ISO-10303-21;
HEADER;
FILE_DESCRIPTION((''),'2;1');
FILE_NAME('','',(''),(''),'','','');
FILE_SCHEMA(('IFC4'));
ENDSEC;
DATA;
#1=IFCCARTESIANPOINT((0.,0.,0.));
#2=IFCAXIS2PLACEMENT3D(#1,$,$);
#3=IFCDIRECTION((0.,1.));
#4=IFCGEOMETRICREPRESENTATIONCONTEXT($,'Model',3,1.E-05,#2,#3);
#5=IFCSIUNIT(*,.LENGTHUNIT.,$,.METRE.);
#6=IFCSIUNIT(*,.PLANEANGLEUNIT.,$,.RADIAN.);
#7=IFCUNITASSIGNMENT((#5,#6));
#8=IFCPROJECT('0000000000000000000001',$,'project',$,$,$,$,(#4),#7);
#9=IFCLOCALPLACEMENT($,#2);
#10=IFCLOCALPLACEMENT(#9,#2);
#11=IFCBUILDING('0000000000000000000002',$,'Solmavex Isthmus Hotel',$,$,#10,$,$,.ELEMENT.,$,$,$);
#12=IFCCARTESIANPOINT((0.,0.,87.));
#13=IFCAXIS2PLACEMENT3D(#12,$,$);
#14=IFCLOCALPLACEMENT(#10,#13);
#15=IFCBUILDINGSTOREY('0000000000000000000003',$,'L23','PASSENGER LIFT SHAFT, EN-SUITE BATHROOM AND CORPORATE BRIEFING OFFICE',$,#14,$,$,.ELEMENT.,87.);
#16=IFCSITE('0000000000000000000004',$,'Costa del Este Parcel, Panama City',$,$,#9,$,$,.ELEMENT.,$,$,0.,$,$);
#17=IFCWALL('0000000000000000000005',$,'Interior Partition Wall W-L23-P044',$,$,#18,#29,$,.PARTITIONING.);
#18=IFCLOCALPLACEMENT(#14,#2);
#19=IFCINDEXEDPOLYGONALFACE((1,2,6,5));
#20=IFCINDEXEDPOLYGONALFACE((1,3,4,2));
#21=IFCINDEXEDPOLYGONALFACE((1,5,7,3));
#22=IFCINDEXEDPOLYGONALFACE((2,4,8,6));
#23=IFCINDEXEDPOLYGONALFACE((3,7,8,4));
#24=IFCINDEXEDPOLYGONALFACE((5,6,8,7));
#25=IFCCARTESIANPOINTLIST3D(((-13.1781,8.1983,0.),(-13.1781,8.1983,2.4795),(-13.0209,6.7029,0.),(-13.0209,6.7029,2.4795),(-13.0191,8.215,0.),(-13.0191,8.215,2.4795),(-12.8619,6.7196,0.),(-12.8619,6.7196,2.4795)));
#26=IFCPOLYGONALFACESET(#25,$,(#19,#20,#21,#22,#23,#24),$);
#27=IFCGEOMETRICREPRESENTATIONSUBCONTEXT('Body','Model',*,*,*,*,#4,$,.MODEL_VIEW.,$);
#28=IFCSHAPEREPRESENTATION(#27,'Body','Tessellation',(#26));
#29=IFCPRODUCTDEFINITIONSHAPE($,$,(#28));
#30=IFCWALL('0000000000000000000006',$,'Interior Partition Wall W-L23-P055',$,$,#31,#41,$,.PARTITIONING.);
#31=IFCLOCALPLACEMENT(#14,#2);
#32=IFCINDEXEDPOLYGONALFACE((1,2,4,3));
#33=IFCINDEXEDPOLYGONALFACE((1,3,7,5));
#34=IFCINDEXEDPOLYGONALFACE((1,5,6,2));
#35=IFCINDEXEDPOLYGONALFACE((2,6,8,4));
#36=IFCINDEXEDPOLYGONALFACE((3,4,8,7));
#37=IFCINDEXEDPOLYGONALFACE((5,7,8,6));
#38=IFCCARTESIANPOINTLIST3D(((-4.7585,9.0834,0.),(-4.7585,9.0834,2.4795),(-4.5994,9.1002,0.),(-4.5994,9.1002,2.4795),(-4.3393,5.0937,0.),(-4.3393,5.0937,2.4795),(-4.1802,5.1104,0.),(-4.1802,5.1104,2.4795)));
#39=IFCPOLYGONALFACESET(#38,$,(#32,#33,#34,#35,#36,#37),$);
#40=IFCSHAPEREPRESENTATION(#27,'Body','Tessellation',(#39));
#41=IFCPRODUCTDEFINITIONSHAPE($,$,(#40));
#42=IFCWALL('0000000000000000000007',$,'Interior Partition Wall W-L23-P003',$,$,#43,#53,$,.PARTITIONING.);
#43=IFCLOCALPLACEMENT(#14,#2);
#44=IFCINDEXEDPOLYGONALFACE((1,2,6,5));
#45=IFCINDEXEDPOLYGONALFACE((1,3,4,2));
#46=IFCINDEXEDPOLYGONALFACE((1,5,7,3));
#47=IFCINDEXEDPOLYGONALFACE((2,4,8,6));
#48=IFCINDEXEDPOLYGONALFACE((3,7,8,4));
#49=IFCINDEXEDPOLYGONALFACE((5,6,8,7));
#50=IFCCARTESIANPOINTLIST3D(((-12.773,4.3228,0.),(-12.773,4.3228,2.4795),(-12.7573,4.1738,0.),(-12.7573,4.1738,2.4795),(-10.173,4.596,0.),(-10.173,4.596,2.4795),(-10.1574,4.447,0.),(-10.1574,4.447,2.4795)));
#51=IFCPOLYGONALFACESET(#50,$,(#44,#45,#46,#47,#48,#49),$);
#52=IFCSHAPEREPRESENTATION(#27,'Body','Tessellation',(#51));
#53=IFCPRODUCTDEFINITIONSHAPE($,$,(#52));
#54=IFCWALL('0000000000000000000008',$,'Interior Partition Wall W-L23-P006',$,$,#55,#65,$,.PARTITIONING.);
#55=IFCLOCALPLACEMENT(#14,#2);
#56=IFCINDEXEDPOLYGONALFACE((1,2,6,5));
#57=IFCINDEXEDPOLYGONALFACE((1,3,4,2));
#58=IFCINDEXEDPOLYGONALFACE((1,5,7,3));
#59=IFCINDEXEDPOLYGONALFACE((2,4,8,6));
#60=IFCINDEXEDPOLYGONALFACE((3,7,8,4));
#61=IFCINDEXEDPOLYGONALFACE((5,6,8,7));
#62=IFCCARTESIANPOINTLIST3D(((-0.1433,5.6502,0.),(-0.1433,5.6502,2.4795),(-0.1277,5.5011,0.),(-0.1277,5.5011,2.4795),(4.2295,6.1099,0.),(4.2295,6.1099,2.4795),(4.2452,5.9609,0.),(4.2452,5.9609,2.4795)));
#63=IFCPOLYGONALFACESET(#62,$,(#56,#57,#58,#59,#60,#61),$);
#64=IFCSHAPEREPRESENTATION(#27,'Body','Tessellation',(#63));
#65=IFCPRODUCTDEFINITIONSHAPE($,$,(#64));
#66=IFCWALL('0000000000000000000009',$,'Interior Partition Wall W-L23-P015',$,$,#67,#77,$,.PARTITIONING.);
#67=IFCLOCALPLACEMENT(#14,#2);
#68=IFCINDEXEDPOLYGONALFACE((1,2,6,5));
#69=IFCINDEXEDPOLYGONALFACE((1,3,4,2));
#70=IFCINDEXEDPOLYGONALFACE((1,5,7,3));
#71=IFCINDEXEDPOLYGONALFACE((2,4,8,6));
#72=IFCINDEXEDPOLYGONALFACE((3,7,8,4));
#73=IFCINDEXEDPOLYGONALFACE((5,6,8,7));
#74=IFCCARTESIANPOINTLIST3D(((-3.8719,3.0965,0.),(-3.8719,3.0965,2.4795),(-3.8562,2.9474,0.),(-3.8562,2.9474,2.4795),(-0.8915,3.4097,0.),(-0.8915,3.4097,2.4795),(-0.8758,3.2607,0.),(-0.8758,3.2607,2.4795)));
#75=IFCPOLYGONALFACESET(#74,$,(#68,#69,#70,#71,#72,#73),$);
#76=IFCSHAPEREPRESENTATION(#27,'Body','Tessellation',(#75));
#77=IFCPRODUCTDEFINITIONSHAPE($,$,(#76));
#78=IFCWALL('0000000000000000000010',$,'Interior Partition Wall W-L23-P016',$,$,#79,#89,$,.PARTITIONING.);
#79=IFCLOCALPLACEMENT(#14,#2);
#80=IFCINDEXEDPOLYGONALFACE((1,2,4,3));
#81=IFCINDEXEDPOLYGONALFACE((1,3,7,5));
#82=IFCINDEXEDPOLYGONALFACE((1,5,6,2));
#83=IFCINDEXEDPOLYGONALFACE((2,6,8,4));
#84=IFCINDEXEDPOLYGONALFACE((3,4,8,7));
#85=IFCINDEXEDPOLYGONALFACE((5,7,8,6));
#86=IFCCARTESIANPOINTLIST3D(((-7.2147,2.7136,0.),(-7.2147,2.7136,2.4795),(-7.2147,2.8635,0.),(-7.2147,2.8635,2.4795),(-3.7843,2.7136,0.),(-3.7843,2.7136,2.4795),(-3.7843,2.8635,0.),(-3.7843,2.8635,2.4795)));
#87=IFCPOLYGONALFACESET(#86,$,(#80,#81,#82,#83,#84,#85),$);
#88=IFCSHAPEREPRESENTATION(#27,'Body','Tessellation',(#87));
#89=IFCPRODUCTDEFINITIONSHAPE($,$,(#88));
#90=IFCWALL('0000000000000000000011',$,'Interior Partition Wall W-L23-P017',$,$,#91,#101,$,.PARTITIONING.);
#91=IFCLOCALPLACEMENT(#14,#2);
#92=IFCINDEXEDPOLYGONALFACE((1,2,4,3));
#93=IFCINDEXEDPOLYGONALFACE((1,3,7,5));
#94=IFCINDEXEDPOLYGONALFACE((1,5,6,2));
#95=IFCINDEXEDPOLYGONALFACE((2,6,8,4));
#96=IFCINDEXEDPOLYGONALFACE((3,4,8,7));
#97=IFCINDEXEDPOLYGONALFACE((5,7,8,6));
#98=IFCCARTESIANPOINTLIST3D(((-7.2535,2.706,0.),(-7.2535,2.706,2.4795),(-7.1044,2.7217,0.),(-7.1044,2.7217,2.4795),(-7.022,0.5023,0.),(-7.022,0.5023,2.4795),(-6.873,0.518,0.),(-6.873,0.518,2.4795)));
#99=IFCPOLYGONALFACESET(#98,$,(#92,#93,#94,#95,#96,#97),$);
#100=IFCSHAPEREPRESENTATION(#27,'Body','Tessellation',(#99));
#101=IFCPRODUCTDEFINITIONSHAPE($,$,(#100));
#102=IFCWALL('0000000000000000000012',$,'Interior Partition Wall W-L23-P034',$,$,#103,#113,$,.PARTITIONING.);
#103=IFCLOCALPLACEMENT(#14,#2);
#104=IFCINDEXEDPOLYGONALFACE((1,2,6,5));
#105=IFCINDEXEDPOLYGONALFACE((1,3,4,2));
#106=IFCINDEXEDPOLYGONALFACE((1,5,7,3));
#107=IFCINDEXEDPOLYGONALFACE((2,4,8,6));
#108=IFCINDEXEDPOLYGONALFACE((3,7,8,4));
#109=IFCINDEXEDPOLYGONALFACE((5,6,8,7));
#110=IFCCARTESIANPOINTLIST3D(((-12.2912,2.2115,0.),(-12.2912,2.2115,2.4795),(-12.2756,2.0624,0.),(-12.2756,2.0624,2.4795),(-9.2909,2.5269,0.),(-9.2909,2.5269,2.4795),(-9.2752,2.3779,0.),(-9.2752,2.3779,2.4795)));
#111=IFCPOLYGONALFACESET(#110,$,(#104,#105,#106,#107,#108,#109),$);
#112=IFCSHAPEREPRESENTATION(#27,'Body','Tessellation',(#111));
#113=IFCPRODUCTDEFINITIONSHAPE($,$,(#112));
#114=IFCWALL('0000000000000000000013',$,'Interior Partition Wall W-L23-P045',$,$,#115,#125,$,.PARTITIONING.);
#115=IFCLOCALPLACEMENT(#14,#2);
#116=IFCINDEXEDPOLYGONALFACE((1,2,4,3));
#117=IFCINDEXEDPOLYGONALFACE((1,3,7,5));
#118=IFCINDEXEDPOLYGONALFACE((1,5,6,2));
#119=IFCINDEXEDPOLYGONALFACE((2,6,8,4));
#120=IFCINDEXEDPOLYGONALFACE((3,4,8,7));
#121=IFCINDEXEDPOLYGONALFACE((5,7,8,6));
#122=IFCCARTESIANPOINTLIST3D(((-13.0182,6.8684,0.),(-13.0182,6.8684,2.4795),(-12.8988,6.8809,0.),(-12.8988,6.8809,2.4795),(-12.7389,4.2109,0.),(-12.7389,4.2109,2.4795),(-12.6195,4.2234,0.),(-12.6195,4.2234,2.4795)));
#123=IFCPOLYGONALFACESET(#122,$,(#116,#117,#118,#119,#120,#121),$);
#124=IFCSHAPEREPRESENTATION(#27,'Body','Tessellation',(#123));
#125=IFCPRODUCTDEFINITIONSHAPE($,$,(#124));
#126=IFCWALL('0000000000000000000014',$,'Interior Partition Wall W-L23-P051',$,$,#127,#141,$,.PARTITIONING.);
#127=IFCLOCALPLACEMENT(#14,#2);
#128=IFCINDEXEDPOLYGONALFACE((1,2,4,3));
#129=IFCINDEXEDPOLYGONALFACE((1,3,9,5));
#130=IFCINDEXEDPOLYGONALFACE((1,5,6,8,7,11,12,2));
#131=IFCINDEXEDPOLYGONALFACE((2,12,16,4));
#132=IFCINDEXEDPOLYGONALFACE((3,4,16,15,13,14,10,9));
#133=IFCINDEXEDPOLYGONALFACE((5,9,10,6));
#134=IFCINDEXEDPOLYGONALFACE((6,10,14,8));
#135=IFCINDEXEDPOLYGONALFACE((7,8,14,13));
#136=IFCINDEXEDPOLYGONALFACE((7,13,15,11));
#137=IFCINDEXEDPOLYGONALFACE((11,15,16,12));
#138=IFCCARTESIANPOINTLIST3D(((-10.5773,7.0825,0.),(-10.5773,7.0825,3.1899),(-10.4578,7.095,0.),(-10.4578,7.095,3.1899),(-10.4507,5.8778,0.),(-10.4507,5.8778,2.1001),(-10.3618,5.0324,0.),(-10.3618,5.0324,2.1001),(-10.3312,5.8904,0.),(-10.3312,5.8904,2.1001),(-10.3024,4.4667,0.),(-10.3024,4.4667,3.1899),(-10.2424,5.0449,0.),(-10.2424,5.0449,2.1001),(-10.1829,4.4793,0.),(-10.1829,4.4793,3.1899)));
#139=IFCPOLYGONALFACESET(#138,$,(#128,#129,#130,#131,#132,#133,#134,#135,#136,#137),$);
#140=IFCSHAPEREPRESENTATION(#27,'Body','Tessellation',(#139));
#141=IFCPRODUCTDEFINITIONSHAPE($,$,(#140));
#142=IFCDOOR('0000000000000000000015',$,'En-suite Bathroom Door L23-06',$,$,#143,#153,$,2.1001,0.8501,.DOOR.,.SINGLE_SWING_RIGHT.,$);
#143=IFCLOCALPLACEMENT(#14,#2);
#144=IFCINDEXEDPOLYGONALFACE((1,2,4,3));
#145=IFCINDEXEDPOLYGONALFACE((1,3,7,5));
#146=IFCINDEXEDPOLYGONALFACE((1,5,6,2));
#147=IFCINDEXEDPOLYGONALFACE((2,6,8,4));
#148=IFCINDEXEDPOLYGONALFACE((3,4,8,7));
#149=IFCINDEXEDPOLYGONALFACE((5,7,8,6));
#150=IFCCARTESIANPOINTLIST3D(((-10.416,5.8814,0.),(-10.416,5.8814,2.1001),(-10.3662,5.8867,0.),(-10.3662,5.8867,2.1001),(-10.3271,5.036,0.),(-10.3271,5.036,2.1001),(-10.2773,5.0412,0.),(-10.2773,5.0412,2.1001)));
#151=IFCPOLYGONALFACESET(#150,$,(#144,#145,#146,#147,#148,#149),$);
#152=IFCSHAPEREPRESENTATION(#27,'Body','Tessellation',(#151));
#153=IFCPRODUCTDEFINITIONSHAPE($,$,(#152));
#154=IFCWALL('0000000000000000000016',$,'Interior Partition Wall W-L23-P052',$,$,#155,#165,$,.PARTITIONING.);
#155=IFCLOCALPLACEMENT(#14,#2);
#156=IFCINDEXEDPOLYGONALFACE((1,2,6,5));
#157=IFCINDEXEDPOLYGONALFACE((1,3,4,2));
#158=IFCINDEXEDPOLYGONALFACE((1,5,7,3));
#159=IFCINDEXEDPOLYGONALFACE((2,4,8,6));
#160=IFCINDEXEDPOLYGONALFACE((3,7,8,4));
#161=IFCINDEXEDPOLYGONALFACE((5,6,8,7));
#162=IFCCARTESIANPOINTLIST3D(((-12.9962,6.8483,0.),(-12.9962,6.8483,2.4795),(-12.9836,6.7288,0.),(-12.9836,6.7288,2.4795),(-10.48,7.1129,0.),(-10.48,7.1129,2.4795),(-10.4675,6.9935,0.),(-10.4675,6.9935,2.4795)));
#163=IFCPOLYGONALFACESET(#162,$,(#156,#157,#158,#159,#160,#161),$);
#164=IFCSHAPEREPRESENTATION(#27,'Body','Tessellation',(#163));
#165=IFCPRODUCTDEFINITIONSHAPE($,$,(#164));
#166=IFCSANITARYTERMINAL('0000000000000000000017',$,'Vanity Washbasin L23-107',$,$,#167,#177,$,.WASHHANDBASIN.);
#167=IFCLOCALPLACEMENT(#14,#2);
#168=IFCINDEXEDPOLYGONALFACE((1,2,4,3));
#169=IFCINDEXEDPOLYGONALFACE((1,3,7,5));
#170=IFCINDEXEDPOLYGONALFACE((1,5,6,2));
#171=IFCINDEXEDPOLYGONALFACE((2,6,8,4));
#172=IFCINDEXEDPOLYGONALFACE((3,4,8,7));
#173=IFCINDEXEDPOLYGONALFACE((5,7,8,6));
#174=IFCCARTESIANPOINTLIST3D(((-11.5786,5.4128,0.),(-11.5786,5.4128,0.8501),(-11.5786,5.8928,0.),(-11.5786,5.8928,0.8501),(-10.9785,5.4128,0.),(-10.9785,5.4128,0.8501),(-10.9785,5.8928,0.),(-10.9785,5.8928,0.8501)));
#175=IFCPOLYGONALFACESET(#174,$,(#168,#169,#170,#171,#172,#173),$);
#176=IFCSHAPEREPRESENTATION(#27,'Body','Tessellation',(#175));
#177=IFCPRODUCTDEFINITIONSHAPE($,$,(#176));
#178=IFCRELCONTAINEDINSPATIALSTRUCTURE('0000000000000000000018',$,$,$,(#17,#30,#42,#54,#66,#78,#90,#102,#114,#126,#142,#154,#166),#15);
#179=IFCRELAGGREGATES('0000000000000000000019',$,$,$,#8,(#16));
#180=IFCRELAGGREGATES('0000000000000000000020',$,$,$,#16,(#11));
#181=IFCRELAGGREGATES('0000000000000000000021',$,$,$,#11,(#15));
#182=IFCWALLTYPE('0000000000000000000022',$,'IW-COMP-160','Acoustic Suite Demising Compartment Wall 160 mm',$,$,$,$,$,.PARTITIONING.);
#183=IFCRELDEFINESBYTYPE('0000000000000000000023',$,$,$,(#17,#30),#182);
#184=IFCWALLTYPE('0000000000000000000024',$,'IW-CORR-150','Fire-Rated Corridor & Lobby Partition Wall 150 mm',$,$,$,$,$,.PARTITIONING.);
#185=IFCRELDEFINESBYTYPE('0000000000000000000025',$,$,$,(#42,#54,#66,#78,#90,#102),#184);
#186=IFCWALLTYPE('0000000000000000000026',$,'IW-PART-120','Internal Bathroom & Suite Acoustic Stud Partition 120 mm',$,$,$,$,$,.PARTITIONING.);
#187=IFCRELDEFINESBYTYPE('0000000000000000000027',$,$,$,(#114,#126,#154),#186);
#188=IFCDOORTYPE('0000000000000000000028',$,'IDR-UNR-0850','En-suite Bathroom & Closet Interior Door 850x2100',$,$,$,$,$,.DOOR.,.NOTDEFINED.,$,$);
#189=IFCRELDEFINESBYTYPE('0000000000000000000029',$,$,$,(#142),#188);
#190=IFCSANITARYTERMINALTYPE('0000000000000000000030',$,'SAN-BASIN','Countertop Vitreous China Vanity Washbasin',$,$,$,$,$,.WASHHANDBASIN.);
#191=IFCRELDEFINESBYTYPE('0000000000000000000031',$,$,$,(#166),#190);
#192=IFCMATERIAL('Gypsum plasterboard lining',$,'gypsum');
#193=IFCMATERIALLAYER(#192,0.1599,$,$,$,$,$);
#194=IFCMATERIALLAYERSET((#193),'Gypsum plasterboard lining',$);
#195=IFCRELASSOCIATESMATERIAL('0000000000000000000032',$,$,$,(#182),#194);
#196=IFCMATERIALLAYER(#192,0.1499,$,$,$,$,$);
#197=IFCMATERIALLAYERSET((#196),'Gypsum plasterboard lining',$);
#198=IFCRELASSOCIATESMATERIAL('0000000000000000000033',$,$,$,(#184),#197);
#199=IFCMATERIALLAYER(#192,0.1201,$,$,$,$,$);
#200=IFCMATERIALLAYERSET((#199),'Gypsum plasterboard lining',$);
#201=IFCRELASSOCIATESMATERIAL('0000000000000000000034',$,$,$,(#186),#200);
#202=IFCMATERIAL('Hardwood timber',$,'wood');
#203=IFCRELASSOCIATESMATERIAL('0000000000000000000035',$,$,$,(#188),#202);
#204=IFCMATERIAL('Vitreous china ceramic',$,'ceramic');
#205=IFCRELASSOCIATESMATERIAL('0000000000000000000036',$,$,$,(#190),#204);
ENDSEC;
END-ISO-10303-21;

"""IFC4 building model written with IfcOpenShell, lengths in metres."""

from ifc_helpers import new_model, si_unit, direction, frame, frame_2d, origin, origin_2d, place, context, subcontext, project, spatial, rectangle, extrude, material, layer, layer_set, type_object, element, fill, save


model = new_model("IFC4")

# Units and contexts
model_context = context("Model", 3, precision=1e-05, world=origin(), true_north=direction((0.0, 1.0)))
body_context = subcontext(model_context, "Body", "Model", "MODEL_VIEW")
ifc_project = project(units=[si_unit("LENGTHUNIT", "METRE"), si_unit("PLANEANGLEUNIT", "RADIAN")], contexts=[model_context])

# Site, building, storey
site_placement = place(None, origin())
site = spatial("IfcSite", under=ifc_project, at=site_placement, Name="Costa del Este Parcel, Panama City", CompositionType="ELEMENT", RefElevation=0.0)
building_placement = place(site_placement, origin())
building = spatial("IfcBuilding", under=site, at=building_placement, Name="Solmavex Isthmus Hotel", CompositionType="ELEMENT")
storey_placement = place(building_placement, frame((0.0, 0.0, 87.0)))
storey = spatial("IfcBuildingStorey", under=building, at=storey_placement, Name="L23", Description="PASSENGER LIFT SHAFT, EN-SUITE BATHROOM AND CORPORATE BRIEFING OFFICE", CompositionType="ELEMENT", Elevation=87.0)

# Walls
ifc_material_1 = material(Name="Gypsum plasterboard lining", Category="gypsum")
ifc_layer_1 = layer(ifc_material_1, 0.1599)
ifc_layer_set_1 = layer_set([ifc_layer_1], Name="Gypsum plasterboard lining")
wall_type_1 = type_object("IfcWallType", Name="IW-COMP-160", Description="Acoustic Suite Demising Compartment Wall 160 mm", PredefinedType="PARTITIONING", material=ifc_layer_set_1)
wall_1_placement = place(storey_placement, frame((-13.0986, 8.2068, 0.0), z_axis=(0.0, 0.0, 1.0), x_axis=(0.104566, -0.994518, 0.0)))
element("IfcWall", 1, at=wall_1_placement, inside=storey, type_object=wall_type_1, Name="Interior Partition Wall W-L23-P044", PredefinedType="PARTITIONING", context=body_context, shape_type="SweptSolid", body=[
    extrude(rectangle(XDim=1.5037, YDim=0.1599, at=frame_2d((0.752, 0.0))), origin(), (0.0, 0.0, 1.0), 2.4795),
])
wall_2_placement = place(storey_placement, frame((-4.679, 9.0918, 0.0), z_axis=(0.0, 0.0, 1.0), x_axis=(0.104492, -0.994526, 0.0)))
element("IfcWall", 2, at=wall_2_placement, inside=storey, type_object=wall_type_1, Name="Interior Partition Wall W-L23-P055", PredefinedType="PARTITIONING", context=body_context, shape_type="SweptSolid", body=[
    extrude(rectangle(XDim=4.0117, YDim=0.1599, at=frame_2d((2.0059, 0.0))), origin(), (0.0, 0.0, 1.0), 2.4795),
])

# Shared definitions
ifc_layer_2 = layer(ifc_material_1, 0.1499)
ifc_layer_set_2 = layer_set([ifc_layer_2], Name="Gypsum plasterboard lining")
wall_type_2 = type_object("IfcWallType", Name="IW-CORR-150", Description="Fire-Rated Corridor & Lobby Partition Wall 150 mm", PredefinedType="PARTITIONING", material=ifc_layer_set_2)
ifc_material_2 = material(Name="Hardwood timber", Category="wood")

# Wall
wall_3_placement = place(storey_placement, frame((-12.7651, 4.2483, 0.0), z_axis=(0.0, 0.0, 1.0), x_axis=(0.994524, 0.104505, 0.0)))
element("IfcWall", 3, at=wall_3_placement, inside=storey, type_object=wall_type_2, Name="Interior Partition Wall W-L23-P003", PredefinedType="PARTITIONING", context=body_context, shape_type="SweptSolid", body=[
    extrude(rectangle(XDim=2.6143, YDim=0.1499, at=frame_2d((1.3071, 0.0))), origin(), (0.0, 0.0, 1.0), 2.4795),
])

# Walls
wall_4_placement = place(storey_placement, frame((-0.1355, 5.5757, 0.0), z_axis=(0.0, 0.0, 1.0), x_axis=(0.994519, 0.104555, 0.0)))
element("IfcWall", 4, at=wall_4_placement, inside=storey, type_object=wall_type_2, Name="Interior Partition Wall W-L23-P006", PredefinedType="PARTITIONING", context=body_context, shape_type="SweptSolid", body=[
    extrude(rectangle(XDim=4.397, YDim=0.1499, at=frame_2d((2.1985, 0.0))), origin(), (0.0, 0.0, 1.0), 2.4795),
])
wall_5_placement = place(storey_placement, frame((-0.8835, 3.3352, 0.0), z_axis=(0.0, 0.0, 1.0), x_axis=(-0.994523, -0.104519, 0.0)))
element("IfcWall", 5, at=wall_5_placement, inside=storey, type_object=wall_type_2, Name="Interior Partition Wall W-L23-P015", PredefinedType="PARTITIONING", context=body_context, shape_type="SweptSolid", body=[
    extrude(rectangle(XDim=2.9968, YDim=0.1499, at=frame_2d((1.4985, 0.0))), origin(), (0.0, 0.0, 1.0), 2.4795),
])
wall_6_placement = place(storey_placement, frame((-3.7842, 2.7886, 0.0), z_axis=(0.0, 0.0, 1.0), x_axis=(-1.0, 0.0, 0.0)))
element("IfcWall", 6, at=wall_6_placement, inside=storey, type_object=wall_type_2, Name="Interior Partition Wall W-L23-P016", PredefinedType="PARTITIONING", context=body_context, shape_type="SweptSolid", body=[
    extrude(rectangle(XDim=3.4304, YDim=0.1499, at=frame_2d((1.7153, 0.0))), origin(), (0.0, 0.0, 1.0), 2.4795),
])
wall_7_placement = place(storey_placement, frame((-7.179, 2.7139, 0.0), z_axis=(0.0, 0.0, 1.0), x_axis=(0.104455, -0.99453, 0.0)))
element("IfcWall", 7, at=wall_7_placement, inside=storey, type_object=wall_type_2, Name="Interior Partition Wall W-L23-P017", PredefinedType="PARTITIONING", context=body_context, shape_type="SweptSolid", body=[
    extrude(rectangle(XDim=2.2158, YDim=0.1499, at=frame_2d((1.1079, 0.0))), origin(), (0.0, 0.0, 1.0), 2.4795),
])
wall_8_placement = place(storey_placement, frame((-9.2832, 2.4524, 0.0), z_axis=(0.0, 0.0, 1.0), x_axis=(-0.994519, -0.104558, 0.0)))
element("IfcWall", 8, at=wall_8_placement, inside=storey, type_object=wall_type_2, Name="Interior Partition Wall W-L23-P034", PredefinedType="PARTITIONING", context=body_context, shape_type="SweptSolid", body=[
    extrude(rectangle(XDim=3.0168, YDim=0.1499, at=frame_2d((1.5083, 0.0))), origin(), (0.0, 0.0, 1.0), 2.4795),
])

# Wall
ifc_layer_3 = layer(ifc_material_1, 0.1201)
ifc_layer_set_3 = layer_set([ifc_layer_3], Name="Gypsum plasterboard lining")
wall_type_3 = type_object("IfcWallType", Name="IW-PART-120", Description="Internal Bathroom & Suite Acoustic Stud Partition 120 mm", PredefinedType="PARTITIONING", material=ifc_layer_set_3)
wall_9_placement = place(storey_placement, frame((-12.9585, 6.8745, 0.0), z_axis=(0.0, 0.0, 1.0), x_axis=(0.104523, -0.994522, 0.0)))
element("IfcWall", 9, at=wall_9_placement, inside=storey, type_object=wall_type_3, Name="Interior Partition Wall W-L23-P045", PredefinedType="PARTITIONING", context=body_context, shape_type="SweptSolid", body=[
    extrude(rectangle(XDim=2.6721, YDim=0.1201, at=frame_2d((1.3359, 0.0))), origin(), (0.0, 0.0, 1.0), 2.4795),
])

# Wall, opening, door
wall_10_placement = place(storey_placement, frame((-10.2427, 4.4731, 0.0), z_axis=(0.0, 0.0, 1.0), x_axis=(-0.10452, 0.994523, 0.0)))
wall_10 = element("IfcWall", 10, at=wall_10_placement, inside=storey, type_object=wall_type_3, Name="Interior Partition Wall W-L23-P051", PredefinedType="PARTITIONING", context=body_context, shape_type="SweptSolid", body=[
    extrude(rectangle(XDim=2.6301, YDim=0.1201, at=frame_2d((1.3149, 0.0))), origin(), (0.0, 0.0, 1.0), 3.1899),
])
opening_1_placement = place(wall_10_placement, frame((0.5686, 0.0, 0.0)))
opening_1 = element("IfcOpeningElement", 11, at=opening_1_placement, cuts=wall_10, PredefinedType="OPENING", context=body_context, shape_type="SweptSolid", body=[
    extrude(rectangle(XDim=0.8501, YDim=2.1001, at=frame_2d((0.425, 1.05))), frame((0.0, 0.0701, 0.0), z_axis=(0.0, -1.0, 0.0), x_axis=(1.0, 0.0, 0.0)), (0.0, 0.0, 1.0), 0.1401),
])
door_type_1 = type_object("IfcDoorType", Name="IDR-UNR-0850", Description="En-suite Bathroom & Closet Interior Door 850x2100", OperationType="NOTDEFINED", PredefinedType="DOOR", material=ifc_material_2)
door_1_placement = place(opening_1_placement, frame((0.8501, 0.0, 0.0), z_axis=(0.0, 0.0, 1.0), x_axis=(-1.0, 0.0, 0.0)))
door_1 = element("IfcDoor", 12, at=door_1_placement, inside=storey, type_object=door_type_1, Name="En-suite Bathroom Door L23-06", OperationType="SINGLE_SWING_RIGHT", OverallHeight=2.1001, OverallWidth=0.8501, PredefinedType="DOOR", context=body_context, shape_type="SweptSolid", body=[
    extrude(rectangle(XDim=0.8501, YDim=2.1001, at=frame_2d((0.425, 1.05))), frame((0.0, 0.0249, 0.0), z_axis=(0.0, -1.0, 0.0), x_axis=(1.0, 0.0, 0.0)), (0.0, 0.0, 1.0), 0.05),
])
fill(opening_1, door_1)

# Wall
wall_11_placement = place(storey_placement, frame((-10.4736, 7.0532, 0.0), z_axis=(0.0, 0.0, 1.0), x_axis=(-0.994514, -0.104604, 0.0)))
element("IfcWall", 13, at=wall_11_placement, inside=storey, type_object=wall_type_3, Name="Interior Partition Wall W-L23-P052", PredefinedType="PARTITIONING", context=body_context, shape_type="SweptSolid", body=[
    extrude(rectangle(XDim=2.53, YDim=0.1201, at=frame_2d((1.2651, 0.0))), origin(), (0.0, 0.0, 1.0), 2.4795),
])

# Sanitary terminal
ifc_material_3 = material(Name="Vitreous china ceramic", Category="ceramic")
sanitary_terminal_type_1 = type_object("IfcSanitaryTerminalType", Name="SAN-BASIN", Description="Countertop Vitreous China Vanity Washbasin", PredefinedType="WASHHANDBASIN", material=ifc_material_3)
sanitary_terminal_1_placement = place(storey_placement, frame((-11.2786, 5.6528, 0.0), z_axis=(0.0, 0.0, 1.0), x_axis=(1.0, 0.0, 0.0)))
element("IfcSanitaryTerminal", 14, at=sanitary_terminal_1_placement, inside=storey, type_object=sanitary_terminal_type_1, Name="Vanity Washbasin L23-107", PredefinedType="WASHHANDBASIN", context=body_context, shape_type="SweptSolid", body=[
    extrude(rectangle(XDim=0.6001, YDim=0.48, at=origin_2d()), origin(), (0.0, 0.0, 1.0), 0.8501),
])

save(model, "model.ifc")
